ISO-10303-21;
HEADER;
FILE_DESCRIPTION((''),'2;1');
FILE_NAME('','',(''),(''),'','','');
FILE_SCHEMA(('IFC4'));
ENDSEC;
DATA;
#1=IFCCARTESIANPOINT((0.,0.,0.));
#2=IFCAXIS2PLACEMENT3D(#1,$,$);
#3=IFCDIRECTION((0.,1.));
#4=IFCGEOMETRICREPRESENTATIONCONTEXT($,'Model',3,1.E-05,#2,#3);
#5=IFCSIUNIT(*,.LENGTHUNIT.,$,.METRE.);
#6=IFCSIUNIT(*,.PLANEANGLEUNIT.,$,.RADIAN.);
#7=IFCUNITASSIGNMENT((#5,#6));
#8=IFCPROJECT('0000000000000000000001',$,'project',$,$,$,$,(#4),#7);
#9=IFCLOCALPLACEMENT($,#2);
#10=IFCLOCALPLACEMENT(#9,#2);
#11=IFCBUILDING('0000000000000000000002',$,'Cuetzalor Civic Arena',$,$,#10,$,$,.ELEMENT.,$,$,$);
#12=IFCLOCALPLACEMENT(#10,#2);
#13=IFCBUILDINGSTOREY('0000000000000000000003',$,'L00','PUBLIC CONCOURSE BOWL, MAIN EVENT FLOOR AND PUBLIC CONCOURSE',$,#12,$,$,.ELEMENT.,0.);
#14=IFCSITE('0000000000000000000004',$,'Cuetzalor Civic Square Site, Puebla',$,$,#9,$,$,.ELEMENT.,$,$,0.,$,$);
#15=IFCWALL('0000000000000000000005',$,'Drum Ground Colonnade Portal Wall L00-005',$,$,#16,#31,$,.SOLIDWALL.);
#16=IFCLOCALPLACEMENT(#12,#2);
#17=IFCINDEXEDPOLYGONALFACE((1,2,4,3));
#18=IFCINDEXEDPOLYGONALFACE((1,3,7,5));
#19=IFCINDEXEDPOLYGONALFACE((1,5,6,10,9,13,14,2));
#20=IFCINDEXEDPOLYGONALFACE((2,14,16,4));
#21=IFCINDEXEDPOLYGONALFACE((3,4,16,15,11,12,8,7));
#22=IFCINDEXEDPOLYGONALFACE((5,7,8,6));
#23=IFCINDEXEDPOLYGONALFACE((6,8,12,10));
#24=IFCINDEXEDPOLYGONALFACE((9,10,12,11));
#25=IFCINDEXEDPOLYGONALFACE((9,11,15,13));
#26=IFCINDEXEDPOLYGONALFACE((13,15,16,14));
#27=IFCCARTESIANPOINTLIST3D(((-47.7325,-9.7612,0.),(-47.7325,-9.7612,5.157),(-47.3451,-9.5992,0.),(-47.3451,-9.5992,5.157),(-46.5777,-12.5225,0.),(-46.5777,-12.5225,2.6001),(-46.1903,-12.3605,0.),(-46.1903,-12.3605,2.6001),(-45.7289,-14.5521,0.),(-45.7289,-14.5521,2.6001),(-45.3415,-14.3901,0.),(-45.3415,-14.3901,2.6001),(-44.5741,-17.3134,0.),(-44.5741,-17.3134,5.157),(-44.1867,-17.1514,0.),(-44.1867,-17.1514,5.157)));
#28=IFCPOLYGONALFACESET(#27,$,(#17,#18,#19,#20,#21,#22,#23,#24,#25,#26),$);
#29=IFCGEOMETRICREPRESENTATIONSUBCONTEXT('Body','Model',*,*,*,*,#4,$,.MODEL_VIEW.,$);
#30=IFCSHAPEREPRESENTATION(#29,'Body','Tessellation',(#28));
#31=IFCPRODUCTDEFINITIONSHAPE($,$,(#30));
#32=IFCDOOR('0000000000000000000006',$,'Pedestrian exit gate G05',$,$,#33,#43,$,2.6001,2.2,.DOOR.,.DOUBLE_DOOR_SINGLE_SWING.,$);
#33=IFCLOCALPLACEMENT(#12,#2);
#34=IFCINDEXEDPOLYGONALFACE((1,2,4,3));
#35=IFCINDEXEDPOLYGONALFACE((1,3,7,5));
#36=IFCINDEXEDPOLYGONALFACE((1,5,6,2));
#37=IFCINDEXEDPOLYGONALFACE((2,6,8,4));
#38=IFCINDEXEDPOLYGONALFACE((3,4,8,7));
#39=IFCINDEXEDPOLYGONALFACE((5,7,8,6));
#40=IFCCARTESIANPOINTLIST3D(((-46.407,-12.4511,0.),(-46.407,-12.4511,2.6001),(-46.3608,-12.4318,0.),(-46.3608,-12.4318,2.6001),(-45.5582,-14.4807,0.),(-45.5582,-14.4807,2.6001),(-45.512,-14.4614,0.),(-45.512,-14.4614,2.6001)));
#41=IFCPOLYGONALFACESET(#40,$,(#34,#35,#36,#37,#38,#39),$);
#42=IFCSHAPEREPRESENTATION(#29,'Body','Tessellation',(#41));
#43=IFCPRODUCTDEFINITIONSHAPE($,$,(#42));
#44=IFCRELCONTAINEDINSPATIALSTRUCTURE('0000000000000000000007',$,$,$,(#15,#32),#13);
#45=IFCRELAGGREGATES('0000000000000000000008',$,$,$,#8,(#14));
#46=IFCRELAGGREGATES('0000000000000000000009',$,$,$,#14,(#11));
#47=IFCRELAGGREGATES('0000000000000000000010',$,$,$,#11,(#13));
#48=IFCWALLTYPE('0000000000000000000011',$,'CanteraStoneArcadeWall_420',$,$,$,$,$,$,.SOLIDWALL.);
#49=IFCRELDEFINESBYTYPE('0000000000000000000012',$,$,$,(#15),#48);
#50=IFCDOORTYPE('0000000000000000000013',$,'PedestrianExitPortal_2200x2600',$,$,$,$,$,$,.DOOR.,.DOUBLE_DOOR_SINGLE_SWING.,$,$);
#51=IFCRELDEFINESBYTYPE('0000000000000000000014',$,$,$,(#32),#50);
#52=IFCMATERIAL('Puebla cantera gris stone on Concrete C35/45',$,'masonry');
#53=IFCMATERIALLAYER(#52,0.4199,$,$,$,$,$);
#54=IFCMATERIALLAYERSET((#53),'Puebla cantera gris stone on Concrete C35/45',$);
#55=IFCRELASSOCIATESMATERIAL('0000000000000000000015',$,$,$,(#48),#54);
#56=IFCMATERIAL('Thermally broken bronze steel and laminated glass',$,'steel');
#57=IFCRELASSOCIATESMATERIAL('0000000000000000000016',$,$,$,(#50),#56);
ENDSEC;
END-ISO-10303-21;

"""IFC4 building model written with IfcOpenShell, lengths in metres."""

from ifc_helpers import new_model, si_unit, direction, frame, frame_2d, origin, place, context, subcontext, project, spatial, rectangle, extrude, material, layer, layer_set, type_object, element, fill, save


model = new_model("IFC4")

# Units and contexts
model_context = context("Model", 3, precision=1e-05, world=origin(), true_north=direction((0.0, 1.0)))
body_context = subcontext(model_context, "Body", "Model", "MODEL_VIEW")
ifc_project = project(units=[si_unit("LENGTHUNIT", "METRE"), si_unit("PLANEANGLEUNIT", "RADIAN")], contexts=[model_context])

# Site, building, storey
site_placement = place(None, origin())
site = spatial("IfcSite", under=ifc_project, at=site_placement, Name="Cuetzalor Civic Square Site, Puebla", CompositionType="ELEMENT", RefElevation=0.0)
building_placement = place(site_placement, origin())
building = spatial("IfcBuilding", under=site, at=building_placement, Name="Cuetzalor Civic Arena", CompositionType="ELEMENT")
storey_placement = place(building_placement, origin())
storey = spatial("IfcBuildingStorey", under=building, at=storey_placement, Name="L00", Description="PUBLIC CONCOURSE BOWL, MAIN EVENT FLOOR AND PUBLIC CONCOURSE", CompositionType="ELEMENT", Elevation=0.0)

# Wall, opening, door
ifc_material_1 = material(Name="Puebla cantera gris stone on Concrete C35/45", Category="masonry")
ifc_layer_1 = layer(ifc_material_1, 0.4199)
ifc_layer_set_1 = layer_set([ifc_layer_1], Name="Puebla cantera gris stone on Concrete C35/45")
wall_type = type_object("IfcWallType", Name="CanteraStoneArcadeWall_420", PredefinedType="SOLIDWALL", material=ifc_layer_set_1)
wall_placement = place(storey_placement, frame((-44.3804, -17.2324, 0.0), z_axis=(0.0, 0.0, 1.0), x_axis=(-0.385831, 0.92257, 0.0)))
wall = element("IfcWall", 1, at=wall_placement, inside=storey, type_object=wall_type, Name="Drum Ground Colonnade Portal Wall L00-005", PredefinedType="SOLIDWALL", context=body_context, shape_type="SweptSolid", body=[
    extrude(rectangle(XDim=8.186, YDim=0.4199, at=frame_2d((4.093, 0.0))), origin(), (0.0, 0.0, 1.0), 5.157),
])
opening_placement = place(wall_placement, frame((2.9929, 0.0, 0.0)))
opening = element("IfcOpeningElement", 2, at=opening_placement, cuts=wall, PredefinedType="OPENING", context=body_context, shape_type="SweptSolid", body=[
    extrude(rectangle(XDim=2.2, YDim=2.6001, at=frame_2d((1.1001, 1.3))), frame((0.0, 0.22, 0.0), z_axis=(0.0, -1.0, 0.0), x_axis=(1.0, 0.0, 0.0)), (0.0, 0.0, 1.0), 0.4399),
])
ifc_material_2 = material(Name="Thermally broken bronze steel and laminated glass", Category="steel")
door_type = type_object("IfcDoorType", Name="PedestrianExitPortal_2200x2600", OperationType="DOUBLE_DOOR_SINGLE_SWING", PredefinedType="DOOR", material=ifc_material_2)
door_placement = place(opening_placement, origin())
door = element("IfcDoor", 3, at=door_placement, inside=storey, type_object=door_type, Name="Pedestrian exit gate G05", OperationType="DOUBLE_DOOR_SINGLE_SWING", OverallHeight=2.6001, OverallWidth=2.2, PredefinedType="DOOR", context=body_context, shape_type="SweptSolid", body=[
    extrude(rectangle(XDim=2.2, YDim=2.6001, at=frame_2d((1.1001, 1.3))), frame((0.0, 0.0249, 0.0), z_axis=(0.0, -1.0, 0.0), x_axis=(1.0, 0.0, 0.0)), (0.0, 0.0, 1.0), 0.05),
])
fill(opening, door)

save(model, "model.ifc")
